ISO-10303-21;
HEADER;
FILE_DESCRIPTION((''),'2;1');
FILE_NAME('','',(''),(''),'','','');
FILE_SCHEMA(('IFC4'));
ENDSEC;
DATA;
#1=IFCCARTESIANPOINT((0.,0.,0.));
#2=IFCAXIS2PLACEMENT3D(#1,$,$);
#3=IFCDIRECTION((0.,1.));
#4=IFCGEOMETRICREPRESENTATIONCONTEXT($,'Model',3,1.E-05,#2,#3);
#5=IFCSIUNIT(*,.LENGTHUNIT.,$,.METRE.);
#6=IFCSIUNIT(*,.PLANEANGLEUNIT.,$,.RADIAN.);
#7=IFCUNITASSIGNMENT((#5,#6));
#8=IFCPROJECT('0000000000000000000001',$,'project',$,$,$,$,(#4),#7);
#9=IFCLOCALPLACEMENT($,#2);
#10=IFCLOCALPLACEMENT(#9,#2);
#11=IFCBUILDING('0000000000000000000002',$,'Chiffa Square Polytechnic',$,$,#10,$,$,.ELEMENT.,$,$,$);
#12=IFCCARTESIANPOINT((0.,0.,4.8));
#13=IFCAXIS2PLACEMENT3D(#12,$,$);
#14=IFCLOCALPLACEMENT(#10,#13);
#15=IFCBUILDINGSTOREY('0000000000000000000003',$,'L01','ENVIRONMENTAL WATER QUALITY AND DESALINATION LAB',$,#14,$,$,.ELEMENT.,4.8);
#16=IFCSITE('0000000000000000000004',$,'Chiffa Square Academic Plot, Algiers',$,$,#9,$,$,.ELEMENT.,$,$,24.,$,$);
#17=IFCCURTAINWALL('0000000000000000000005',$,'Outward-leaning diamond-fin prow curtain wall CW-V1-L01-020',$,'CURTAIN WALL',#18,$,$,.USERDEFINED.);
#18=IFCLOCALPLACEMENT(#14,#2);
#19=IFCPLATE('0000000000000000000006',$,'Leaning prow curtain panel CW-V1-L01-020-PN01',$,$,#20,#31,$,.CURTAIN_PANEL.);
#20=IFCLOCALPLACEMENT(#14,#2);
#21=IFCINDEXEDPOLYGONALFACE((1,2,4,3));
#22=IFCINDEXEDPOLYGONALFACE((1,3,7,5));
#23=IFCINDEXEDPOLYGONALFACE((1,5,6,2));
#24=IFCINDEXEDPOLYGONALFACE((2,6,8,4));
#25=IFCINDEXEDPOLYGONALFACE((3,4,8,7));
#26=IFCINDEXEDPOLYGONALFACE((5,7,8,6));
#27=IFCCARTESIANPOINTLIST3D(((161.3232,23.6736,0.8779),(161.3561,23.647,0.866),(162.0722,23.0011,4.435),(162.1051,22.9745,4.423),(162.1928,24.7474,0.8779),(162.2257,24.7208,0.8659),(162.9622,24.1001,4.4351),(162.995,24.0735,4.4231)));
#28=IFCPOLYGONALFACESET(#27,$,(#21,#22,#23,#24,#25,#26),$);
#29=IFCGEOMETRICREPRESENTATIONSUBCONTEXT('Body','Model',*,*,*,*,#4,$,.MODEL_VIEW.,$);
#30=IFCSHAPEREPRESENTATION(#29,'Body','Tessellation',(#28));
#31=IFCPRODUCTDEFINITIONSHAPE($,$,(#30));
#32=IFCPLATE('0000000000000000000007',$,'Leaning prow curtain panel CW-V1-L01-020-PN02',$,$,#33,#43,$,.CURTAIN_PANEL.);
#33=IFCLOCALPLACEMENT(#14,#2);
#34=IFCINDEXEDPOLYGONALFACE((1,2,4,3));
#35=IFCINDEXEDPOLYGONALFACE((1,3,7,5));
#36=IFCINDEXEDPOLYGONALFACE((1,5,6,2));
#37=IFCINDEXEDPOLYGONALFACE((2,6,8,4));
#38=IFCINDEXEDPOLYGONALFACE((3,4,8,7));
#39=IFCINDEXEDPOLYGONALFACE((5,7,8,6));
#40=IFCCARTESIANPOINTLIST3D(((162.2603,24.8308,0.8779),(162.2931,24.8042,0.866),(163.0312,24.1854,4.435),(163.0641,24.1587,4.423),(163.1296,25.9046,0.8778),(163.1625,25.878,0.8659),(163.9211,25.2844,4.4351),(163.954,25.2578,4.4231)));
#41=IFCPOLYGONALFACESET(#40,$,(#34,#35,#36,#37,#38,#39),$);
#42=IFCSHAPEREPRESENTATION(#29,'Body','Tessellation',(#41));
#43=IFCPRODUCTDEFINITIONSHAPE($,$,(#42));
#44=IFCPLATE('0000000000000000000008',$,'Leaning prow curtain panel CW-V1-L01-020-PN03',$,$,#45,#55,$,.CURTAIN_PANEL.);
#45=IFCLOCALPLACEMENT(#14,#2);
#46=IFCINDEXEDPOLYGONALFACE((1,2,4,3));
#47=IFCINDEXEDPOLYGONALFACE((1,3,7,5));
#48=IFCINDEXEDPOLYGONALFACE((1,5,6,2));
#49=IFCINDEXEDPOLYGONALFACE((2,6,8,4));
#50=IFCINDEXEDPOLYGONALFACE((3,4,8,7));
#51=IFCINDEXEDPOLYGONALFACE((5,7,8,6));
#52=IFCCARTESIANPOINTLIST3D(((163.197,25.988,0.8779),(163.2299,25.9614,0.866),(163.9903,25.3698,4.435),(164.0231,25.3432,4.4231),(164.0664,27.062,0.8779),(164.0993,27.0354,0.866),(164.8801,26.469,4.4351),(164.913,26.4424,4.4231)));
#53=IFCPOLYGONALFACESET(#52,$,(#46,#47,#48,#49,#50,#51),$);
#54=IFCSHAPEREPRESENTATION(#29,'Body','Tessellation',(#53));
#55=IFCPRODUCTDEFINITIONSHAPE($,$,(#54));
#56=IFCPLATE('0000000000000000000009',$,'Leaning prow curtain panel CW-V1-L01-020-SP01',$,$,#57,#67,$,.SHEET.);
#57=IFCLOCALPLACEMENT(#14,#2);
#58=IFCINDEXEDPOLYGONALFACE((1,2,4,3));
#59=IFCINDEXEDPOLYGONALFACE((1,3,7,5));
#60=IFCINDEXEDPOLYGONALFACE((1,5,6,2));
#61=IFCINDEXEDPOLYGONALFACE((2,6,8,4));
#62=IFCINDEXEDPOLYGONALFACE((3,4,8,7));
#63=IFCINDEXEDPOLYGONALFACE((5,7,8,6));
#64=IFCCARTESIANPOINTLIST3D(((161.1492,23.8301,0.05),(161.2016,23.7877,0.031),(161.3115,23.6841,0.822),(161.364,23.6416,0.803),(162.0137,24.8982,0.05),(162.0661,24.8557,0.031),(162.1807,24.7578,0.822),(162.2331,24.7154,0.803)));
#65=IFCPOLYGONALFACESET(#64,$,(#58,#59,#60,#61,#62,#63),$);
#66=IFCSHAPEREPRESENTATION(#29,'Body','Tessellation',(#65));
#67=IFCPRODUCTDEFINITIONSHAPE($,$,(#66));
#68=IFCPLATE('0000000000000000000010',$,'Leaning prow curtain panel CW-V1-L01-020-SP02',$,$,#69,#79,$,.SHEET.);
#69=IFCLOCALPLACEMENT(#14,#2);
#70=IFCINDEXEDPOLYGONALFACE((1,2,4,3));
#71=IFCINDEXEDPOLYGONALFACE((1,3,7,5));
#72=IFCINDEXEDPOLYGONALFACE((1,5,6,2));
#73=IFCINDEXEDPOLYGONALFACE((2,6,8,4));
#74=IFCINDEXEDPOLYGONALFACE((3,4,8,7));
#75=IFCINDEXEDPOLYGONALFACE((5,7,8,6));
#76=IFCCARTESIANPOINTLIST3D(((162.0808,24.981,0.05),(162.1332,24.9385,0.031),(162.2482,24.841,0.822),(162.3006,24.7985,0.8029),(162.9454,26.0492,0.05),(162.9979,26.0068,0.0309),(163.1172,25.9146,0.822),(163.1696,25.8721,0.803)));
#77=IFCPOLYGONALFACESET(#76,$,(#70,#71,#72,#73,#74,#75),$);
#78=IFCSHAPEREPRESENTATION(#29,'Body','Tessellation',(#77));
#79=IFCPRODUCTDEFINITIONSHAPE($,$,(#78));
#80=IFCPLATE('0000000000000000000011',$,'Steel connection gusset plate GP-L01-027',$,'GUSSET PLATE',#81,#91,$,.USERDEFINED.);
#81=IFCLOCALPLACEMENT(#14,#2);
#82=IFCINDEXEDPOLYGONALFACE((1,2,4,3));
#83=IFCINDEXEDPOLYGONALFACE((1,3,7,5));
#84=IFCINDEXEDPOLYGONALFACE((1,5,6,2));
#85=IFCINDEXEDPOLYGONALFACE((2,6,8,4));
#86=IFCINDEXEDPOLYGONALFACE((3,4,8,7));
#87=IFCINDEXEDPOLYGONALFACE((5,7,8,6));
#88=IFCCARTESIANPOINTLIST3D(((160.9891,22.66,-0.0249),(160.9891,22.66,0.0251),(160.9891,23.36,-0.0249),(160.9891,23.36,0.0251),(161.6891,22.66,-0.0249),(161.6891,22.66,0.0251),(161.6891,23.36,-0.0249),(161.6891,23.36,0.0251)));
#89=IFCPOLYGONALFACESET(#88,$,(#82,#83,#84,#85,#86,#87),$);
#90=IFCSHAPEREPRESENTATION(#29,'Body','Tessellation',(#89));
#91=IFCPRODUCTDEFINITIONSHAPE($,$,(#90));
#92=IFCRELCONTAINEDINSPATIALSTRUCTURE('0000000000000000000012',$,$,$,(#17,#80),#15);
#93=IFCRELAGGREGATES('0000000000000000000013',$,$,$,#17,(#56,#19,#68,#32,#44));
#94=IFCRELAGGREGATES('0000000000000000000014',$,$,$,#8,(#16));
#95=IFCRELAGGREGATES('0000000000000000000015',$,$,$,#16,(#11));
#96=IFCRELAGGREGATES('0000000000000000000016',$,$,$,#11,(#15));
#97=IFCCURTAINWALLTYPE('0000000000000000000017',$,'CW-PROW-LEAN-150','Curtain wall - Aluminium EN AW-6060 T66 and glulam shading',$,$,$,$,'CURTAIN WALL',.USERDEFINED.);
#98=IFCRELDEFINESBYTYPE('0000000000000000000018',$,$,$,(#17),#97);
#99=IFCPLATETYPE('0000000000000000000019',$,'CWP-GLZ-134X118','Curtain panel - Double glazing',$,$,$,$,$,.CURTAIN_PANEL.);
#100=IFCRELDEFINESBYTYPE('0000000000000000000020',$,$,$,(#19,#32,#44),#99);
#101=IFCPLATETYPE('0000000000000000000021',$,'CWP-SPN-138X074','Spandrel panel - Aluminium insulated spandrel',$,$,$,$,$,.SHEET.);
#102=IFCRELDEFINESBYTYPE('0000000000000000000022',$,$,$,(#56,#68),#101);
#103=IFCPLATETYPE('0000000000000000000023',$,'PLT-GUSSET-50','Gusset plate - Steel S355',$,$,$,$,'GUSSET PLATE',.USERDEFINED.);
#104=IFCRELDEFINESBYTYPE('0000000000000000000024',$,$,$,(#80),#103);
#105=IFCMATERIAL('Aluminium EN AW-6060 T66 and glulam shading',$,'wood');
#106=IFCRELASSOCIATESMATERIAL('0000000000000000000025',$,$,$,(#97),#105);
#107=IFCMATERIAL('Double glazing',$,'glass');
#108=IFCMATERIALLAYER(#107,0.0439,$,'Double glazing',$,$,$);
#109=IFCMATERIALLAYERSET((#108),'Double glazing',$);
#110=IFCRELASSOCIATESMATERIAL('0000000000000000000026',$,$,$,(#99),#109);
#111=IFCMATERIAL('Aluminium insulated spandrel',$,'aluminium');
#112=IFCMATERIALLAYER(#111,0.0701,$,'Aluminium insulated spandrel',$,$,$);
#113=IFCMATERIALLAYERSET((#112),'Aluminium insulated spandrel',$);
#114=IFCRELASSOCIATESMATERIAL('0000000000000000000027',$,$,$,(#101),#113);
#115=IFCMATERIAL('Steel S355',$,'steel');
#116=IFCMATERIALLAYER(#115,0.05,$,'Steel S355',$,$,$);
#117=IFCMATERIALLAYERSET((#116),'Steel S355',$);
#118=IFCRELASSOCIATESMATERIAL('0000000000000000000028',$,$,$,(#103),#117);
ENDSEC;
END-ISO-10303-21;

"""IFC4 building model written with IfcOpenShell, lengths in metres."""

from ifc_helpers import new_model, si_unit, direction, frame, origin, origin_2d, place, context, subcontext, project, spatial, polyline, rectangle, outline, extrude, material, layer, layer_set, type_object, element, aggregate, save


model = new_model("IFC4")

# Units and contexts
model_context = context("Model", 3, precision=1e-05, world=origin(), true_north=direction((0.0, 1.0)))
body_context = subcontext(model_context, "Body", "Model", "MODEL_VIEW")
ifc_project = project(units=[si_unit("LENGTHUNIT", "METRE"), si_unit("PLANEANGLEUNIT", "RADIAN")], contexts=[model_context])

# Site, building, storey
site_placement = place(None, origin())
site = spatial("IfcSite", under=ifc_project, at=site_placement, Name="Chiffa Square Academic Plot, Algiers", CompositionType="ELEMENT", RefElevation=24.0)
building_placement = place(site_placement, origin())
building = spatial("IfcBuilding", under=site, at=building_placement, Name="Chiffa Square Polytechnic", CompositionType="ELEMENT")
storey_placement = place(building_placement, frame((0.0, 0.0, 4.8)))
storey = spatial("IfcBuildingStorey", under=building, at=storey_placement, Name="L01", Description="ENVIRONMENTAL WATER QUALITY AND DESALINATION LAB", CompositionType="ELEMENT", Elevation=4.8)

# Shared definitions
ifc_material_1 = material(Name="Steel S355", Category="steel")

# Shared definitions
ifc_material_2 = material(Name="Aluminium EN AW-6060 T66 and glulam shading", Category="wood")

# Curtain wall
curtain_wall_type_1 = type_object("IfcCurtainWallType", Name="CW-PROW-LEAN-150", Description="Curtain wall - Aluminium EN AW-6060 T66 and glulam shading", ElementType="CURTAIN WALL", PredefinedType="USERDEFINED", material=ifc_material_2)
curtain_wall_1_placement = place(storey_placement, origin())
curtain_wall_1 = element("IfcCurtainWall", 1, at=curtain_wall_1_placement, inside=storey, type_object=curtain_wall_type_1, Name="Outward-leaning diamond-fin prow curtain wall CW-V1-L01-020", ObjectType="CURTAIN WALL", PredefinedType="USERDEFINED")

# Plates
ifc_material_3 = material(Name="Double glazing", Category="glass")
ifc_layer_1 = layer(ifc_material_3, 0.0439, Name="Double glazing")
ifc_layer_set_1 = layer_set([ifc_layer_1], Name="Double glazing")
plate_type_1 = type_object("IfcPlateType", Name="CWP-GLZ-134X118", Description="Curtain panel - Double glazing", PredefinedType="CURTAIN_PANEL", material=ifc_layer_set_1)
plate_1_placement = place(storey_placement, frame((161.3232, 23.6736, 0.8779), z_axis=(-0.747858, 0.605597, 0.271956), x_axis=(0.629307, 0.777157, -0.000043)))
plate_1 = element("IfcPlate", 2, at=plate_1_placement, type_object=plate_type_1, Name="Leaning prow curtain panel CW-V1-L01-020-PN01", PredefinedType="CURTAIN_PANEL", context=body_context, shape_type="SweptSolid", body=[
    extrude(outline(polyline([(0.0, 0.0), (1.3818, 0.0), (1.3627, -3.6965), (-0.0515, -3.6964), (0.0, 0.0)])), origin(), (0.0, 0.0, -1.0), 0.0439),
])
plate_2_placement = place(storey_placement, frame((162.2603, 24.8308, 0.8779), z_axis=(-0.747893, 0.605541, 0.271985), x_axis=(0.62925, 0.777203, -0.000061)))
plate_2 = element("IfcPlate", 3, at=plate_2_placement, type_object=plate_type_1, Name="Leaning prow curtain panel CW-V1-L01-020-PN02", PredefinedType="CURTAIN_PANEL", context=body_context, shape_type="SweptSolid", body=[
    extrude(outline(polyline([(0.0, 0.0), (1.3816, 0.0), (1.3974, -3.6966), (-0.0167, -3.6964), (0.0, 0.0)])), origin(), (0.0, 0.0, -1.0), 0.0439),
])
plate_3_placement = place(storey_placement, frame((163.197, 25.988, 0.8779), z_axis=(-0.747919, 0.605494, 0.27202), x_axis=(0.629218, 0.777229, -0.000011)))
plate_3 = element("IfcPlate", 4, at=plate_3_placement, type_object=plate_type_1, Name="Leaning prow curtain panel CW-V1-L01-020-PN03", PredefinedType="CURTAIN_PANEL", context=body_context, shape_type="SweptSolid", body=[
    extrude(outline(polyline([(0.0, 0.0), (1.3818, 0.0), (1.4328, -3.6965), (0.0186, -3.6965), (0.0, 0.0)])), origin(), (0.0, 0.0, -1.0), 0.0439),
])
ifc_material_4 = material(Name="Aluminium insulated spandrel", Category="aluminium")
ifc_layer_2 = layer(ifc_material_4, 0.0701, Name="Aluminium insulated spandrel")
ifc_layer_set_2 = layer_set([ifc_layer_2], Name="Aluminium insulated spandrel")
plate_type_2 = type_object("IfcPlateType", Name="CWP-SPN-138X074", Description="Spandrel panel - Aluminium insulated spandrel", PredefinedType="SHEET", material=ifc_layer_set_2)
plate_4_placement = place(storey_placement, frame((161.1492, 23.8301, 0.05), z_axis=(-0.74801, 0.605451, 0.271863), x_axis=(0.629146, 0.777287, -0.000007)))
plate_4 = element("IfcPlate", 5, at=plate_4_placement, type_object=plate_type_2, Name="Leaning prow curtain panel CW-V1-L01-020-SP01", PredefinedType="SHEET", context=body_context, shape_type="SweptSolid", body=[
    extrude(outline(polyline([(0.0, 0.0), (1.3741, 0.0), (1.3701, -0.8022), (-0.0113, -0.8022), (0.0, 0.0)])), origin(), (0.0, 0.0, -1.0), 0.0701),
])
plate_5_placement = place(storey_placement, frame((162.0808, 24.981, 0.05), z_axis=(-0.747983, 0.605429, 0.271989), x_axis=(0.629139, 0.777293, -0.000036)))
plate_5 = element("IfcPlate", 6, at=plate_5_placement, type_object=plate_type_2, Name="Leaning prow curtain panel CW-V1-L01-020-SP02", PredefinedType="SHEET", context=body_context, shape_type="SweptSolid", body=[
    extrude(outline(polyline([(0.0, 0.0), (1.3743, 0.0), (1.3777, -0.8023), (-0.0036, -0.8022), (0.0, 0.0)])), origin(), (0.0, 0.0, -1.0), 0.0701),
])
aggregate(curtain_wall_1, [plate_4, plate_1, plate_5, plate_2, plate_3])
ifc_layer_3 = layer(ifc_material_1, 0.05, Name="Steel S355")
ifc_layer_set_3 = layer_set([ifc_layer_3], Name="Steel S355")
plate_type_3 = type_object("IfcPlateType", Name="PLT-GUSSET-50", Description="Gusset plate - Steel S355", ElementType="GUSSET PLATE", PredefinedType="USERDEFINED", material=ifc_layer_set_3)
plate_6_placement = place(storey_placement, frame((161.3391, 23.01, -0.0249), z_axis=(0.0, 0.0, 1.0), x_axis=(1.0, 0.0, 0.0)))
element("IfcPlate", 7, at=plate_6_placement, inside=storey, type_object=plate_type_3, Name="Steel connection gusset plate GP-L01-027", ObjectType="GUSSET PLATE", PredefinedType="USERDEFINED", context=body_context, shape_type="SweptSolid", body=[
    extrude(rectangle(XDim=0.7, YDim=0.7, at=origin_2d()), origin(), (0.0, 0.0, 1.0), 0.05),
])

save(model, "model.ifc")
